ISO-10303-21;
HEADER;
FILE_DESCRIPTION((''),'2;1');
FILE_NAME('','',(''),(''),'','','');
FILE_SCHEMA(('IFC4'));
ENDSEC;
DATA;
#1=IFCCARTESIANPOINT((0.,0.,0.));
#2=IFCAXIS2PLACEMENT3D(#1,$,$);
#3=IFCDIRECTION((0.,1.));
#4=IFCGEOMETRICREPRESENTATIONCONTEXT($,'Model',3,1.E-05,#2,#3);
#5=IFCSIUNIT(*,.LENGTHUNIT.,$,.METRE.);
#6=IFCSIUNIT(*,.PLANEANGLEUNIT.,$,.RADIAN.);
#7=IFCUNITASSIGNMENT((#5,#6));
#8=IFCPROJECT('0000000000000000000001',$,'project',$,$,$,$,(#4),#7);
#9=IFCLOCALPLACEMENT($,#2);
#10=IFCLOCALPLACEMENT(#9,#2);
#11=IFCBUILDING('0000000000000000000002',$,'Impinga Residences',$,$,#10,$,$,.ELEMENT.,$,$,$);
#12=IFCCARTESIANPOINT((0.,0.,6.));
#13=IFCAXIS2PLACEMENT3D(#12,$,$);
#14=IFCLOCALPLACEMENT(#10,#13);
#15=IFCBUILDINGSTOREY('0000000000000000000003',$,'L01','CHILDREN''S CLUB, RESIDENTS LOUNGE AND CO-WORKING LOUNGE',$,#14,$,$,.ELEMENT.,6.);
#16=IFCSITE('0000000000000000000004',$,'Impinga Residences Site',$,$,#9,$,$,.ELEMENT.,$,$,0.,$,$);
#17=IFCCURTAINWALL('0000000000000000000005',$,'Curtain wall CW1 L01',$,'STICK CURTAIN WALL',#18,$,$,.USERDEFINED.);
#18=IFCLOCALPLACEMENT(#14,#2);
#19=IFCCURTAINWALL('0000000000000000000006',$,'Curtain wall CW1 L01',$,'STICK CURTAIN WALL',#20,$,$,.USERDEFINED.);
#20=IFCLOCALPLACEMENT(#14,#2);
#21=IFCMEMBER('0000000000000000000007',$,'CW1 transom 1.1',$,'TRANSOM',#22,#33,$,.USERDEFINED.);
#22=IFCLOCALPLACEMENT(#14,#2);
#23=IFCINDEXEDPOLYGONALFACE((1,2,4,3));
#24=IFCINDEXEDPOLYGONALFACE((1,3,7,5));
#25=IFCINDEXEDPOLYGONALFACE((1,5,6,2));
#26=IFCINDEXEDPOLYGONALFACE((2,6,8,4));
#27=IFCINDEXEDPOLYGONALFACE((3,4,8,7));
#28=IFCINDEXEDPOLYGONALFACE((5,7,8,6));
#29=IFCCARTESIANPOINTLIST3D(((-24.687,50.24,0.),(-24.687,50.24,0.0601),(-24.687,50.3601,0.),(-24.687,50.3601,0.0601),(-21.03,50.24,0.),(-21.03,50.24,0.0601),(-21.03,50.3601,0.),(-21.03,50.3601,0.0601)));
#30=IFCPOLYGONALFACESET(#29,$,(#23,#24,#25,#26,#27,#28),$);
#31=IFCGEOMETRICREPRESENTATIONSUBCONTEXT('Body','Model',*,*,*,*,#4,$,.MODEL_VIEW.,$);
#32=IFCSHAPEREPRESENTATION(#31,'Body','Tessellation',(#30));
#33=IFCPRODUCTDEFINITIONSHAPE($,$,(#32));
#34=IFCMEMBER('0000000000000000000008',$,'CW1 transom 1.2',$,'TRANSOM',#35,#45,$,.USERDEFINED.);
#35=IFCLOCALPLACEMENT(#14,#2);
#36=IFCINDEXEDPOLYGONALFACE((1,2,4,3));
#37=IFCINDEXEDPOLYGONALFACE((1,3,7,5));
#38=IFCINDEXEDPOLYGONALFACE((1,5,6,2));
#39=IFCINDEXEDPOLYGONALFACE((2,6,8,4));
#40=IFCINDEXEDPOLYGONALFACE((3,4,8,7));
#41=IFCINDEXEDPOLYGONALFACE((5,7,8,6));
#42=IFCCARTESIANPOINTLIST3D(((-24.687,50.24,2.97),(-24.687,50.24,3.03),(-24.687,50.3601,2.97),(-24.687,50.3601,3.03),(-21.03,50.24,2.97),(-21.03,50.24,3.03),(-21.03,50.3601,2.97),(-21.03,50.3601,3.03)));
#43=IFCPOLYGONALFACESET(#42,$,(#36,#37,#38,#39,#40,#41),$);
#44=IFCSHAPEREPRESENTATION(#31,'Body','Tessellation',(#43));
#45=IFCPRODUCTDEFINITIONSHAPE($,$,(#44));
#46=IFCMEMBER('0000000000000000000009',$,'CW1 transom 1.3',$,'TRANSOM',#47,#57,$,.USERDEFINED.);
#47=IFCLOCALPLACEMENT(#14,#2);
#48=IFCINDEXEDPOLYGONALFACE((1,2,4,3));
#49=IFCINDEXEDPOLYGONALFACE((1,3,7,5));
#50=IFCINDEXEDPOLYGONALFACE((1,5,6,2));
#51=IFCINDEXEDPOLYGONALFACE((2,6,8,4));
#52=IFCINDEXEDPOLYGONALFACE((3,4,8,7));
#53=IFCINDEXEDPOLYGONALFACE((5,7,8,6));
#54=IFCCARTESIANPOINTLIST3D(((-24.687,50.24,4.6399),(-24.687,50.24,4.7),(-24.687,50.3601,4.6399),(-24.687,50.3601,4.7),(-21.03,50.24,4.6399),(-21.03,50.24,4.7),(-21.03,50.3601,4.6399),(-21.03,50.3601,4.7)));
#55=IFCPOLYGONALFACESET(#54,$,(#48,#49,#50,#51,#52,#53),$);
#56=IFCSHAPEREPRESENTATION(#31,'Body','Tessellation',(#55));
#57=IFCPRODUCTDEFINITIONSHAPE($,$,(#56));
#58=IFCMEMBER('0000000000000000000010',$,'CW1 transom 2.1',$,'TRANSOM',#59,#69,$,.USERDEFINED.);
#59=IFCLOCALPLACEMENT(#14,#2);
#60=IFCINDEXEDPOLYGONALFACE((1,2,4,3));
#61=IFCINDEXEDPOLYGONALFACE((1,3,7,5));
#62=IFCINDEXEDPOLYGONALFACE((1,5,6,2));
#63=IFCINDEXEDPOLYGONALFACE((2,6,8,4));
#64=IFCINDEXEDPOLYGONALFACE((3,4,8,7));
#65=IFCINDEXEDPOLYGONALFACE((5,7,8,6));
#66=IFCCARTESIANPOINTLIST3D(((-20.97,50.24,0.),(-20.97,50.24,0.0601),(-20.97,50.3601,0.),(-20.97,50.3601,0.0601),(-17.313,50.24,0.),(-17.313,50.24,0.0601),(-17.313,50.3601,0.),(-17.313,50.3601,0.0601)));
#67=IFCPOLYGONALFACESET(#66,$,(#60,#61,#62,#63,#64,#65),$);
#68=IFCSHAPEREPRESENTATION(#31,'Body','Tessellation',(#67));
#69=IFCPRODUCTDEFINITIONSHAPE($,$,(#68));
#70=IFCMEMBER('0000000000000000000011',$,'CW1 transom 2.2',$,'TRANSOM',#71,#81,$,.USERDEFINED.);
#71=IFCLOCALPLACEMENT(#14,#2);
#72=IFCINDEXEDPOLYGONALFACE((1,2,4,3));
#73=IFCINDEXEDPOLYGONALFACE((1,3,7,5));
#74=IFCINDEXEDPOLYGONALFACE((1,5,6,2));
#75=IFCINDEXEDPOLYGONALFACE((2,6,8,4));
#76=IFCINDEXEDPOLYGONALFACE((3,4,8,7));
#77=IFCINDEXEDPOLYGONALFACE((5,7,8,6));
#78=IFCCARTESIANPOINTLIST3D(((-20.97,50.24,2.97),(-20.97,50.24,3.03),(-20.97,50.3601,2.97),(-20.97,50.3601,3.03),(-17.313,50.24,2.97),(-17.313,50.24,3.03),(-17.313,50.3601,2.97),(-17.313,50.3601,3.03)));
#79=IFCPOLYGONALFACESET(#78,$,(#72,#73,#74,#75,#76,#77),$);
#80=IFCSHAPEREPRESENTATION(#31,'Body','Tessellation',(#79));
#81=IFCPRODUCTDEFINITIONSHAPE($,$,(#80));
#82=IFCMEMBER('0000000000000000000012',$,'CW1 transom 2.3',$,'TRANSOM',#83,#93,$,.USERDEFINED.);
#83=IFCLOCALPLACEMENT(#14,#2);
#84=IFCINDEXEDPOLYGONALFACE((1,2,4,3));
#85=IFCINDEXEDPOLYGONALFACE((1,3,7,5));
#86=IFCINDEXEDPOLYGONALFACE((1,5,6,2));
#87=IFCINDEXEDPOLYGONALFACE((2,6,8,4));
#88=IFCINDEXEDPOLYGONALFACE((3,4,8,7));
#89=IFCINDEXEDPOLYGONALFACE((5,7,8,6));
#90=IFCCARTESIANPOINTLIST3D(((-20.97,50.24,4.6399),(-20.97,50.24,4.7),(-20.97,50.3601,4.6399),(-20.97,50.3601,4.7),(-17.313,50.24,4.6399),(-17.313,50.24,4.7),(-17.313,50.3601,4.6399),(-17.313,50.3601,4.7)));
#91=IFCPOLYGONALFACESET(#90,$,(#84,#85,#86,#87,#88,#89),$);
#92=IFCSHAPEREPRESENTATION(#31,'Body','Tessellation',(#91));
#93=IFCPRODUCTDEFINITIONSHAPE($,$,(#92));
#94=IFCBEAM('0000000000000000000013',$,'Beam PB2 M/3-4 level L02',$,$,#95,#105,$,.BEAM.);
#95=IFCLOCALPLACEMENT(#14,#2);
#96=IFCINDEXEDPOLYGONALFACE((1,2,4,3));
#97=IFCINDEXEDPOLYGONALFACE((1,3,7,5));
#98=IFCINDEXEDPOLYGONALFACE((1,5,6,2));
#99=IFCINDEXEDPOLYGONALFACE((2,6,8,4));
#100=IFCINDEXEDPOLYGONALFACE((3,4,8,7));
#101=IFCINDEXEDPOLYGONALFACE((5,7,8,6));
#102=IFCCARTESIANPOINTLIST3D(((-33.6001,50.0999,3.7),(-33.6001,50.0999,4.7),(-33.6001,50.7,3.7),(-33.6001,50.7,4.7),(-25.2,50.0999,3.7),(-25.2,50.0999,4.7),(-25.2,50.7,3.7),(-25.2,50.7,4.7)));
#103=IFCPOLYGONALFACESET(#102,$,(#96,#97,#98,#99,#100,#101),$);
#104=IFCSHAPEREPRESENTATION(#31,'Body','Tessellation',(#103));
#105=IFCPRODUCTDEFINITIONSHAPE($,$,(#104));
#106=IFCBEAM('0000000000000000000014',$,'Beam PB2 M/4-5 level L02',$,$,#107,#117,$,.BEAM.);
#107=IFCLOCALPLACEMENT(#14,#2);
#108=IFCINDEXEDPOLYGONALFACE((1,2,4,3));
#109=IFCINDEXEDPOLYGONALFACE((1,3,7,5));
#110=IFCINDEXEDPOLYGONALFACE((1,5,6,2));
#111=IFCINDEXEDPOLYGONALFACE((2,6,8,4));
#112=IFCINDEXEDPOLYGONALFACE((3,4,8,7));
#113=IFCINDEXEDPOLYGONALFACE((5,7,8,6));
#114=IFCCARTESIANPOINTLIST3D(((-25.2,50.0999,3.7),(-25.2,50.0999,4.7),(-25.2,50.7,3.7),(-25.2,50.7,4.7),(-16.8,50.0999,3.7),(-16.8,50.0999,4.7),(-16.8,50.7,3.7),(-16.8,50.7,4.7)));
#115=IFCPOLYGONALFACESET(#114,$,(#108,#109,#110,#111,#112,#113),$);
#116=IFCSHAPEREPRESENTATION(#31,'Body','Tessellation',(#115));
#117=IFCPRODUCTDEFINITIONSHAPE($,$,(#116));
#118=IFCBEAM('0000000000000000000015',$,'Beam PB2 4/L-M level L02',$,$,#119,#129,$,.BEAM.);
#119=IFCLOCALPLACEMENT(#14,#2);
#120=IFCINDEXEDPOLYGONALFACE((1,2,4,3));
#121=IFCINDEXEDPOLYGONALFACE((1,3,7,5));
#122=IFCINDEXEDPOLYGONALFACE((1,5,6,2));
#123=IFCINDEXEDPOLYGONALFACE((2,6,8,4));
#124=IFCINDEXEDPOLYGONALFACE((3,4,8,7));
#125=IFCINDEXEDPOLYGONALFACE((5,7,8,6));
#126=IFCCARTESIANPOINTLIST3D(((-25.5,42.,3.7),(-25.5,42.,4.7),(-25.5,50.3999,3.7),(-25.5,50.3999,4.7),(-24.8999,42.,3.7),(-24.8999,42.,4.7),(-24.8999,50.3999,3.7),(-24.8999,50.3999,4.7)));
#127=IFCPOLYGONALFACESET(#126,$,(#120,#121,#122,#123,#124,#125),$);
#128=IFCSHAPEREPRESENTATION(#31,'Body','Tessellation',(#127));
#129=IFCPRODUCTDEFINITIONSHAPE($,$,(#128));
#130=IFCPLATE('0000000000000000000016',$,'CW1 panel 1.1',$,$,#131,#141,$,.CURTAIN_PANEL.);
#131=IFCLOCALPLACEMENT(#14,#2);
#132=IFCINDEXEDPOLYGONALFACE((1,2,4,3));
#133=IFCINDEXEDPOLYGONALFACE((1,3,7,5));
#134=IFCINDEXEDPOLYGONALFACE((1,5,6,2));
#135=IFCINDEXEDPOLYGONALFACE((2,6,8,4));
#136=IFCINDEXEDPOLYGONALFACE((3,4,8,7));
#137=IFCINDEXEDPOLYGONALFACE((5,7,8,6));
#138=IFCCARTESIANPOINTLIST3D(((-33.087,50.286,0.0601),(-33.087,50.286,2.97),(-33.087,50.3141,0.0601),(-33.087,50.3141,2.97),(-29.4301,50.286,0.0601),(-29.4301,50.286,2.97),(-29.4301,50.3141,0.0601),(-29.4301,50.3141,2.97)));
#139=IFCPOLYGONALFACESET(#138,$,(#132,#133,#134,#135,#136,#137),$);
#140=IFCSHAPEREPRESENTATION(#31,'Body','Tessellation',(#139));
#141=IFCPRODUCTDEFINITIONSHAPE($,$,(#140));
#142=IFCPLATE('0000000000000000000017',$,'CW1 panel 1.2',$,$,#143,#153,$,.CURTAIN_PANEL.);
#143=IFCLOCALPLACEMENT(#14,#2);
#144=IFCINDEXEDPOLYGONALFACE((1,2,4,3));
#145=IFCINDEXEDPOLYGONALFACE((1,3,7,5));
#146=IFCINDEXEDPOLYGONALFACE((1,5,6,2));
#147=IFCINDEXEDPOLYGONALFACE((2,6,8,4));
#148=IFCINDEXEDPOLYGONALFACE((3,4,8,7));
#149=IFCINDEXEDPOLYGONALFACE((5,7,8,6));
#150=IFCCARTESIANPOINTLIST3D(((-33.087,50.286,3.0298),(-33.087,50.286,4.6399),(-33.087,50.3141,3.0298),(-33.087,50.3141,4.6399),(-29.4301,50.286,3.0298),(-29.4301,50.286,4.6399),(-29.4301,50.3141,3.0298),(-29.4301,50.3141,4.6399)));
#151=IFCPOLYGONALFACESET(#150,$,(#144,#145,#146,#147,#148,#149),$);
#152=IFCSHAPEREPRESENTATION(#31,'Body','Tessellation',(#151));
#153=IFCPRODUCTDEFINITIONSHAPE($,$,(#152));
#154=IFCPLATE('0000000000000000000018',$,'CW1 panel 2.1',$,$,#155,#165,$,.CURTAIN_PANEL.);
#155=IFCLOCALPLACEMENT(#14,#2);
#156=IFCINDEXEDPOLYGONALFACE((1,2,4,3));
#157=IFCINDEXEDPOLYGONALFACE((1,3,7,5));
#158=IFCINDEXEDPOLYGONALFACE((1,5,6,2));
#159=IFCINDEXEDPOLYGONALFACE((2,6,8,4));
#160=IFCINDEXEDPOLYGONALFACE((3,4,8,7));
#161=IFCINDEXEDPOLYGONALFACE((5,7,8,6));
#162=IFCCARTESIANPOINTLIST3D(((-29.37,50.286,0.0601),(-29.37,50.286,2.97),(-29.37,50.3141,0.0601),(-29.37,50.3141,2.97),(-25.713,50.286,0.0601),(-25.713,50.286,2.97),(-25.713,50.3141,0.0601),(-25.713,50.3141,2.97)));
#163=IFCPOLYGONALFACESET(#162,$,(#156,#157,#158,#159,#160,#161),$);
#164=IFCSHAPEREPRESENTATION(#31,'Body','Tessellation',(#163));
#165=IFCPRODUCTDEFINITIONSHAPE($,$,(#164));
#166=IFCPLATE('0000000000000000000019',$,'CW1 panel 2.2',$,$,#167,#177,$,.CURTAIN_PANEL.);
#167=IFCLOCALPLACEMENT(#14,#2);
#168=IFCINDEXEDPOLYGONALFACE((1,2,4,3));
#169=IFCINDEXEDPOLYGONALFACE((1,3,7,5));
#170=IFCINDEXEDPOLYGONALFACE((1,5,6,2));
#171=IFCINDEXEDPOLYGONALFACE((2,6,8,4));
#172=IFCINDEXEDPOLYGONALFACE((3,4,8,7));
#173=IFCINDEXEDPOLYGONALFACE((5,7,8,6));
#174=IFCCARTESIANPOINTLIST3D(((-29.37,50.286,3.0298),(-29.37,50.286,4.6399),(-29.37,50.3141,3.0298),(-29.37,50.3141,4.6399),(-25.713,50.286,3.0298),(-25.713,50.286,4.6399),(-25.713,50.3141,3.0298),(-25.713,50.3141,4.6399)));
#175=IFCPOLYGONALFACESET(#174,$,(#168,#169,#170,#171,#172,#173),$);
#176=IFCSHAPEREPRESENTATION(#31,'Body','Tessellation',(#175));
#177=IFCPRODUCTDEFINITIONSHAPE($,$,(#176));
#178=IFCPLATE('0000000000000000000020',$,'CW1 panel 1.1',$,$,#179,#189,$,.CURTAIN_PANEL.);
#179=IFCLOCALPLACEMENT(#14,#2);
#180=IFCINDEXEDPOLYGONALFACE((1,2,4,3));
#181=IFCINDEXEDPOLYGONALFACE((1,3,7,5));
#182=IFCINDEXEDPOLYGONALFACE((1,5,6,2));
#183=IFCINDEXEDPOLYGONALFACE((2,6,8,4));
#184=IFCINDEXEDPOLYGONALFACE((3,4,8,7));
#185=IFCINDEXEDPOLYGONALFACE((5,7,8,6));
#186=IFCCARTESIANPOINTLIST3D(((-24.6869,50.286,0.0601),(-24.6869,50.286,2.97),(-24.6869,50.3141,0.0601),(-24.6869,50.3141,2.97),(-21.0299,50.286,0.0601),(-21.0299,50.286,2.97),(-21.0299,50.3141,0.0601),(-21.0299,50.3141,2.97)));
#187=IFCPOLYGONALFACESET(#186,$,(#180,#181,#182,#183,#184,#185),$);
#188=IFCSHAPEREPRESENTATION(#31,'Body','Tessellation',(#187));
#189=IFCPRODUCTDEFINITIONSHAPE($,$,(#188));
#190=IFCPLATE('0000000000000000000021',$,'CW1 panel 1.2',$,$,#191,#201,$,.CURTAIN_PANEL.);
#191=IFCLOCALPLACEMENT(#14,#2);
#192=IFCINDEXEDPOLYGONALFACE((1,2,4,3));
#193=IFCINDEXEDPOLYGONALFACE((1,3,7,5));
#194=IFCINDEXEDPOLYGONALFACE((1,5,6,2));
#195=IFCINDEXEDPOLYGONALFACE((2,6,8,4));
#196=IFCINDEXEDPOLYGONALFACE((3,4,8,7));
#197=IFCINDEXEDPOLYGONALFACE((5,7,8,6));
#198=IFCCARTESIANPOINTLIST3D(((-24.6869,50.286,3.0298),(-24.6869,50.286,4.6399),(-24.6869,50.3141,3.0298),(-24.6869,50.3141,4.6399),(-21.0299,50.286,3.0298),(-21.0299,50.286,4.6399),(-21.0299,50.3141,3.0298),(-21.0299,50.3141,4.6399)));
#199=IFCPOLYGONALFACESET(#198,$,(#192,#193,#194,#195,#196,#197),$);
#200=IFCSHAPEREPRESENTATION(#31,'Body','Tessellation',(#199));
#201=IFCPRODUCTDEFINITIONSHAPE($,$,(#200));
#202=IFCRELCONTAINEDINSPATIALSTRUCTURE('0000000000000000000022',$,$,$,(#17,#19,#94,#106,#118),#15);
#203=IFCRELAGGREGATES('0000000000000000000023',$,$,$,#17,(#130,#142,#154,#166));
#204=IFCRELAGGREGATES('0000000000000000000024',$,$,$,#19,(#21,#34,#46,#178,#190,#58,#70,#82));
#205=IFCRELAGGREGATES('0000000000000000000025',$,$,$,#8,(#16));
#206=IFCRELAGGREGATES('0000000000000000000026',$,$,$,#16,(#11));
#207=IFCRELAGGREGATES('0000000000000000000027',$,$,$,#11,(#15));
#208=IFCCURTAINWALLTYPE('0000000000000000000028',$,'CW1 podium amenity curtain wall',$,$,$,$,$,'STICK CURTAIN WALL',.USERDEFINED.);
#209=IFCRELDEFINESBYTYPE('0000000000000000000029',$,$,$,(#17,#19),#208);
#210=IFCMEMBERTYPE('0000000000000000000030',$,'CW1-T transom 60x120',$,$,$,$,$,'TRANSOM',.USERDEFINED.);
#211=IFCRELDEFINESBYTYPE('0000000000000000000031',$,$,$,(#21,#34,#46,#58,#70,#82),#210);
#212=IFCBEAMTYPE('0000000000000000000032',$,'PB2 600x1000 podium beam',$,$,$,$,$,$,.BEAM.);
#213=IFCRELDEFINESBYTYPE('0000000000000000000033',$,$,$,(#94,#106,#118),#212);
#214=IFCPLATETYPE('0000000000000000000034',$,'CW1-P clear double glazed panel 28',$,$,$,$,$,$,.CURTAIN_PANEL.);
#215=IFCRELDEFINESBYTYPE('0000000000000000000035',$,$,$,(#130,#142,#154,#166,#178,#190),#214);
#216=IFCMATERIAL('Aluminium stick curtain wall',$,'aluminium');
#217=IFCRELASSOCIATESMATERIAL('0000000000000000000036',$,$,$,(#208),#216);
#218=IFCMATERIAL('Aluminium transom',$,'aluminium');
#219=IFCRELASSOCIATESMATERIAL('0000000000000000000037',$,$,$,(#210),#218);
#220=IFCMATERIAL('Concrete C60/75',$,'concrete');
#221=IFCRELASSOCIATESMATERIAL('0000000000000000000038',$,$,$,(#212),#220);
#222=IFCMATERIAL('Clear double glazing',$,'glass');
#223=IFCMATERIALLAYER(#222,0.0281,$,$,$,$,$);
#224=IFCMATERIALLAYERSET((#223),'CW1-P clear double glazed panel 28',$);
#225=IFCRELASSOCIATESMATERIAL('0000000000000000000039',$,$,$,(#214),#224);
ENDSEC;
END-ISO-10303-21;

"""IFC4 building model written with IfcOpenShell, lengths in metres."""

from ifc_helpers import new_model, si_unit, direction, frame, origin, origin_2d, place, context, subcontext, project, spatial, rectangle, extrude, material, layer, layer_set, material_profile, profile_set, type_object, element, aggregate, save


model = new_model("IFC4")

# Units and contexts
model_context = context("Model", 3, precision=1e-05, world=origin(), true_north=direction((0.0, 1.0)))
body_context = subcontext(model_context, "Body", "Model", "MODEL_VIEW")
ifc_project = project(units=[si_unit("LENGTHUNIT", "METRE"), si_unit("PLANEANGLEUNIT", "RADIAN")], contexts=[model_context])

# Site, building, storey
site_placement = place(None, origin())
site = spatial("IfcSite", under=ifc_project, at=site_placement, Name="Impinga Residences Site", CompositionType="ELEMENT", RefElevation=0.0)
building_placement = place(site_placement, origin())
building = spatial("IfcBuilding", under=site, at=building_placement, Name="Impinga Residences", CompositionType="ELEMENT")
storey_placement = place(building_placement, frame((0.0, 0.0, 6.0)))
storey = spatial("IfcBuildingStorey", under=building, at=storey_placement, Name="L01", Description="CHILDREN'S CLUB, RESIDENTS LOUNGE AND CO-WORKING LOUNGE", CompositionType="ELEMENT", Elevation=6.0)

# Curtain walls
ifc_material_1 = material(Name="Aluminium stick curtain wall", Category="aluminium")
curtain_wall_type = type_object("IfcCurtainWallType", Name="CW1 podium amenity curtain wall", ElementType="STICK CURTAIN WALL", PredefinedType="USERDEFINED", material=ifc_material_1)
curtain_wall_1_placement = place(storey_placement, origin())
curtain_wall_1 = element("IfcCurtainWall", 1, at=curtain_wall_1_placement, inside=storey, type_object=curtain_wall_type, Name="Curtain wall CW1 L01", ObjectType="STICK CURTAIN WALL", PredefinedType="USERDEFINED")
curtain_wall_2_placement = place(storey_placement, origin())
curtain_wall_2 = element("IfcCurtainWall", 2, at=curtain_wall_2_placement, inside=storey, type_object=curtain_wall_type, Name="Curtain wall CW1 L01", ObjectType="STICK CURTAIN WALL", PredefinedType="USERDEFINED")

# Members
ifc_material_2 = material(Name="Aluminium transom", Category="aluminium")
ifc_material_profile_1 = material_profile(ifc_material_2, rectangle(XDim=0.0601, YDim=0.1201, at=origin_2d()), Name="60x120 transom")
ifc_profile_set_1 = profile_set([ifc_material_profile_1], Name="Aluminium transom")
member_type_1 = type_object("IfcMemberType", Name="CW1-T transom 60x120", ElementType="TRANSOM", PredefinedType="USERDEFINED", material=ifc_profile_set_1)
member_1_placement = place(storey_placement, frame((-24.687, 50.3, 0.03), z_axis=(1.0, 0.0, 0.0), x_axis=(0.0, 0.0, 1.0)))
member_1 = element("IfcMember", 3, at=member_1_placement, type_object=member_type_1, Name="CW1 transom 1.1", ObjectType="TRANSOM", PredefinedType="USERDEFINED", context=body_context, shape_type="SweptSolid", body=[
    extrude(rectangle(XDim=0.0601, YDim=0.1201, at=origin_2d()), origin(), (0.0, 0.0, 1.0), 3.657),
])
member_2_placement = place(storey_placement, frame((-24.687, 50.3, 3.0), z_axis=(1.0, 0.0, 0.0), x_axis=(0.0, 0.0, 1.0)))
member_2 = element("IfcMember", 4, at=member_2_placement, type_object=member_type_1, Name="CW1 transom 1.2", ObjectType="TRANSOM", PredefinedType="USERDEFINED", context=body_context, shape_type="SweptSolid", body=[
    extrude(rectangle(XDim=0.0601, YDim=0.1201, at=origin_2d()), origin(), (0.0, 0.0, 1.0), 3.657),
])
member_3_placement = place(storey_placement, frame((-24.687, 50.3, 4.6699), z_axis=(1.0, 0.0, 0.0), x_axis=(0.0, 0.0, 1.0)))
member_3 = element("IfcMember", 5, at=member_3_placement, type_object=member_type_1, Name="CW1 transom 1.3", ObjectType="TRANSOM", PredefinedType="USERDEFINED", context=body_context, shape_type="SweptSolid", body=[
    extrude(rectangle(XDim=0.0601, YDim=0.1201, at=origin_2d()), origin(), (0.0, 0.0, 1.0), 3.657),
])
member_4_placement = place(storey_placement, frame((-20.97, 50.3, 0.03), z_axis=(1.0, 0.0, 0.0), x_axis=(0.0, 0.0, 1.0)))
member_4 = element("IfcMember", 6, at=member_4_placement, type_object=member_type_1, Name="CW1 transom 2.1", ObjectType="TRANSOM", PredefinedType="USERDEFINED", context=body_context, shape_type="SweptSolid", body=[
    extrude(rectangle(XDim=0.0601, YDim=0.1201, at=origin_2d()), origin(), (0.0, 0.0, 1.0), 3.657),
])
member_5_placement = place(storey_placement, frame((-20.97, 50.3, 3.0), z_axis=(1.0, 0.0, 0.0), x_axis=(0.0, 0.0, 1.0)))
member_5 = element("IfcMember", 7, at=member_5_placement, type_object=member_type_1, Name="CW1 transom 2.2", ObjectType="TRANSOM", PredefinedType="USERDEFINED", context=body_context, shape_type="SweptSolid", body=[
    extrude(rectangle(XDim=0.0601, YDim=0.1201, at=origin_2d()), origin(), (0.0, 0.0, 1.0), 3.657),
])
member_6_placement = place(storey_placement, frame((-20.97, 50.3, 4.6699), z_axis=(1.0, 0.0, 0.0), x_axis=(0.0, 0.0, 1.0)))
member_6 = element("IfcMember", 8, at=member_6_placement, type_object=member_type_1, Name="CW1 transom 2.3", ObjectType="TRANSOM", PredefinedType="USERDEFINED", context=body_context, shape_type="SweptSolid", body=[
    extrude(rectangle(XDim=0.0601, YDim=0.1201, at=origin_2d()), origin(), (0.0, 0.0, 1.0), 3.657),
])

# Beams
ifc_material_3 = material(Name="Concrete C60/75", Category="concrete")
ifc_material_profile_2 = material_profile(ifc_material_3, rectangle(XDim=0.6001, YDim=1.0, at=origin_2d()), Name="RC 600x1000")
ifc_profile_set_2 = profile_set([ifc_material_profile_2], Name="Concrete C60/75")
beam_type = type_object("IfcBeamType", Name="PB2 600x1000 podium beam", PredefinedType="BEAM", material=ifc_profile_set_2)
beam_placement = place(storey_placement, frame((-33.6001, 50.3999, 4.2), z_axis=(1.0, 0.0, 0.0), x_axis=(0.0, 1.0, 0.0)))
element("IfcBeam", 9, at=beam_placement, inside=storey, type_object=beam_type, Name="Beam PB2 M/3-4 level L02", PredefinedType="BEAM", context=body_context, shape_type="SweptSolid", body=[
    extrude(rectangle(XDim=0.6001, YDim=1.0, at=origin_2d()), origin(), (0.0, 0.0, 1.0), 8.4001),
])
for number, where, z_axis, x_axis, name in (
    (10, (-25.2, 50.3999, 4.2), (1.0, 0.0, 0.0), (0.0, 1.0, 0.0), "Beam PB2 M/4-5 level L02"),
    (11, (-25.2, 42.0, 4.2), (0.0, 1.0, 0.0), (-1.0, 0.0, 0.0), "Beam PB2 4/L-M level L02"),
):
    element("IfcBeam", number, at=place(storey_placement, frame(where, z_axis=z_axis, x_axis=x_axis)), inside=storey, type_object=beam_type, Name=name, PredefinedType="BEAM", context=body_context, shape_type="SweptSolid", body=[
        extrude(rectangle(XDim=0.6001, YDim=1.0, at=origin_2d()), origin(), (0.0, 0.0, 1.0), 8.3999),
    ])

# Plates
ifc_material_4 = material(Name="Clear double glazing", Category="glass")
ifc_layer = layer(ifc_material_4, 0.0281)
ifc_layer_set = layer_set([ifc_layer], Name="CW1-P clear double glazed panel 28")
plate_type = type_object("IfcPlateType", Name="CW1-P clear double glazed panel 28", PredefinedType="CURTAIN_PANEL", material=ifc_layer_set)
plate_1_placement = place(storey_placement, frame((-31.2585, 50.3, 0.0601), z_axis=(0.0, 0.0, 1.0), x_axis=(1.0, 0.0, 0.0)))
plate_1 = element("IfcPlate", 12, at=plate_1_placement, type_object=plate_type, Name="CW1 panel 1.1", PredefinedType="CURTAIN_PANEL", context=body_context, shape_type="SweptSolid", body=[
    extrude(rectangle(XDim=3.657, YDim=0.0281, at=origin_2d()), origin(), (0.0, 0.0, 1.0), 2.9099),
])
plate_2_placement = place(storey_placement, frame((-31.2585, 50.3, 3.0298), z_axis=(0.0, 0.0, 1.0), x_axis=(1.0, 0.0, 0.0)))
plate_2 = element("IfcPlate", 13, at=plate_2_placement, type_object=plate_type, Name="CW1 panel 1.2", PredefinedType="CURTAIN_PANEL", context=body_context, shape_type="SweptSolid", body=[
    extrude(rectangle(XDim=3.657, YDim=0.0281, at=origin_2d()), origin(), (0.0, 0.0, 1.0), 1.6101),
])
plate_3_placement = place(storey_placement, frame((-27.5415, 50.3, 0.0601), z_axis=(0.0, 0.0, 1.0), x_axis=(1.0, 0.0, 0.0)))
plate_3 = element("IfcPlate", 14, at=plate_3_placement, type_object=plate_type, Name="CW1 panel 2.1", PredefinedType="CURTAIN_PANEL", context=body_context, shape_type="SweptSolid", body=[
    extrude(rectangle(XDim=3.657, YDim=0.0281, at=origin_2d()), origin(), (0.0, 0.0, 1.0), 2.9099),
])
plate_4_placement = place(storey_placement, frame((-27.5415, 50.3, 3.0298), z_axis=(0.0, 0.0, 1.0), x_axis=(1.0, 0.0, 0.0)))
plate_4 = element("IfcPlate", 15, at=plate_4_placement, type_object=plate_type, Name="CW1 panel 2.2", PredefinedType="CURTAIN_PANEL", context=body_context, shape_type="SweptSolid", body=[
    extrude(rectangle(XDim=3.657, YDim=0.0281, at=origin_2d()), origin(), (0.0, 0.0, 1.0), 1.6101),
])
aggregate(curtain_wall_1, [plate_1, plate_2, plate_3, plate_4])
plate_5_placement = place(storey_placement, frame((-22.8584, 50.3, 0.0601), z_axis=(0.0, 0.0, 1.0), x_axis=(1.0, 0.0, 0.0)))
plate_5 = element("IfcPlate", 16, at=plate_5_placement, type_object=plate_type, Name="CW1 panel 1.1", PredefinedType="CURTAIN_PANEL", context=body_context, shape_type="SweptSolid", body=[
    extrude(rectangle(XDim=3.657, YDim=0.0281, at=origin_2d()), origin(), (0.0, 0.0, 1.0), 2.9099),
])
plate_6_placement = place(storey_placement, frame((-22.8584, 50.3, 3.0298), z_axis=(0.0, 0.0, 1.0), x_axis=(1.0, 0.0, 0.0)))
plate_6 = element("IfcPlate", 17, at=plate_6_placement, type_object=plate_type, Name="CW1 panel 1.2", PredefinedType="CURTAIN_PANEL", context=body_context, shape_type="SweptSolid", body=[
    extrude(rectangle(XDim=3.657, YDim=0.0281, at=origin_2d()), origin(), (0.0, 0.0, 1.0), 1.6101),
])
aggregate(curtain_wall_2, [member_1, member_2, member_3, plate_5, plate_6, member_4, member_5, member_6])

save(model, "model.ifc")
